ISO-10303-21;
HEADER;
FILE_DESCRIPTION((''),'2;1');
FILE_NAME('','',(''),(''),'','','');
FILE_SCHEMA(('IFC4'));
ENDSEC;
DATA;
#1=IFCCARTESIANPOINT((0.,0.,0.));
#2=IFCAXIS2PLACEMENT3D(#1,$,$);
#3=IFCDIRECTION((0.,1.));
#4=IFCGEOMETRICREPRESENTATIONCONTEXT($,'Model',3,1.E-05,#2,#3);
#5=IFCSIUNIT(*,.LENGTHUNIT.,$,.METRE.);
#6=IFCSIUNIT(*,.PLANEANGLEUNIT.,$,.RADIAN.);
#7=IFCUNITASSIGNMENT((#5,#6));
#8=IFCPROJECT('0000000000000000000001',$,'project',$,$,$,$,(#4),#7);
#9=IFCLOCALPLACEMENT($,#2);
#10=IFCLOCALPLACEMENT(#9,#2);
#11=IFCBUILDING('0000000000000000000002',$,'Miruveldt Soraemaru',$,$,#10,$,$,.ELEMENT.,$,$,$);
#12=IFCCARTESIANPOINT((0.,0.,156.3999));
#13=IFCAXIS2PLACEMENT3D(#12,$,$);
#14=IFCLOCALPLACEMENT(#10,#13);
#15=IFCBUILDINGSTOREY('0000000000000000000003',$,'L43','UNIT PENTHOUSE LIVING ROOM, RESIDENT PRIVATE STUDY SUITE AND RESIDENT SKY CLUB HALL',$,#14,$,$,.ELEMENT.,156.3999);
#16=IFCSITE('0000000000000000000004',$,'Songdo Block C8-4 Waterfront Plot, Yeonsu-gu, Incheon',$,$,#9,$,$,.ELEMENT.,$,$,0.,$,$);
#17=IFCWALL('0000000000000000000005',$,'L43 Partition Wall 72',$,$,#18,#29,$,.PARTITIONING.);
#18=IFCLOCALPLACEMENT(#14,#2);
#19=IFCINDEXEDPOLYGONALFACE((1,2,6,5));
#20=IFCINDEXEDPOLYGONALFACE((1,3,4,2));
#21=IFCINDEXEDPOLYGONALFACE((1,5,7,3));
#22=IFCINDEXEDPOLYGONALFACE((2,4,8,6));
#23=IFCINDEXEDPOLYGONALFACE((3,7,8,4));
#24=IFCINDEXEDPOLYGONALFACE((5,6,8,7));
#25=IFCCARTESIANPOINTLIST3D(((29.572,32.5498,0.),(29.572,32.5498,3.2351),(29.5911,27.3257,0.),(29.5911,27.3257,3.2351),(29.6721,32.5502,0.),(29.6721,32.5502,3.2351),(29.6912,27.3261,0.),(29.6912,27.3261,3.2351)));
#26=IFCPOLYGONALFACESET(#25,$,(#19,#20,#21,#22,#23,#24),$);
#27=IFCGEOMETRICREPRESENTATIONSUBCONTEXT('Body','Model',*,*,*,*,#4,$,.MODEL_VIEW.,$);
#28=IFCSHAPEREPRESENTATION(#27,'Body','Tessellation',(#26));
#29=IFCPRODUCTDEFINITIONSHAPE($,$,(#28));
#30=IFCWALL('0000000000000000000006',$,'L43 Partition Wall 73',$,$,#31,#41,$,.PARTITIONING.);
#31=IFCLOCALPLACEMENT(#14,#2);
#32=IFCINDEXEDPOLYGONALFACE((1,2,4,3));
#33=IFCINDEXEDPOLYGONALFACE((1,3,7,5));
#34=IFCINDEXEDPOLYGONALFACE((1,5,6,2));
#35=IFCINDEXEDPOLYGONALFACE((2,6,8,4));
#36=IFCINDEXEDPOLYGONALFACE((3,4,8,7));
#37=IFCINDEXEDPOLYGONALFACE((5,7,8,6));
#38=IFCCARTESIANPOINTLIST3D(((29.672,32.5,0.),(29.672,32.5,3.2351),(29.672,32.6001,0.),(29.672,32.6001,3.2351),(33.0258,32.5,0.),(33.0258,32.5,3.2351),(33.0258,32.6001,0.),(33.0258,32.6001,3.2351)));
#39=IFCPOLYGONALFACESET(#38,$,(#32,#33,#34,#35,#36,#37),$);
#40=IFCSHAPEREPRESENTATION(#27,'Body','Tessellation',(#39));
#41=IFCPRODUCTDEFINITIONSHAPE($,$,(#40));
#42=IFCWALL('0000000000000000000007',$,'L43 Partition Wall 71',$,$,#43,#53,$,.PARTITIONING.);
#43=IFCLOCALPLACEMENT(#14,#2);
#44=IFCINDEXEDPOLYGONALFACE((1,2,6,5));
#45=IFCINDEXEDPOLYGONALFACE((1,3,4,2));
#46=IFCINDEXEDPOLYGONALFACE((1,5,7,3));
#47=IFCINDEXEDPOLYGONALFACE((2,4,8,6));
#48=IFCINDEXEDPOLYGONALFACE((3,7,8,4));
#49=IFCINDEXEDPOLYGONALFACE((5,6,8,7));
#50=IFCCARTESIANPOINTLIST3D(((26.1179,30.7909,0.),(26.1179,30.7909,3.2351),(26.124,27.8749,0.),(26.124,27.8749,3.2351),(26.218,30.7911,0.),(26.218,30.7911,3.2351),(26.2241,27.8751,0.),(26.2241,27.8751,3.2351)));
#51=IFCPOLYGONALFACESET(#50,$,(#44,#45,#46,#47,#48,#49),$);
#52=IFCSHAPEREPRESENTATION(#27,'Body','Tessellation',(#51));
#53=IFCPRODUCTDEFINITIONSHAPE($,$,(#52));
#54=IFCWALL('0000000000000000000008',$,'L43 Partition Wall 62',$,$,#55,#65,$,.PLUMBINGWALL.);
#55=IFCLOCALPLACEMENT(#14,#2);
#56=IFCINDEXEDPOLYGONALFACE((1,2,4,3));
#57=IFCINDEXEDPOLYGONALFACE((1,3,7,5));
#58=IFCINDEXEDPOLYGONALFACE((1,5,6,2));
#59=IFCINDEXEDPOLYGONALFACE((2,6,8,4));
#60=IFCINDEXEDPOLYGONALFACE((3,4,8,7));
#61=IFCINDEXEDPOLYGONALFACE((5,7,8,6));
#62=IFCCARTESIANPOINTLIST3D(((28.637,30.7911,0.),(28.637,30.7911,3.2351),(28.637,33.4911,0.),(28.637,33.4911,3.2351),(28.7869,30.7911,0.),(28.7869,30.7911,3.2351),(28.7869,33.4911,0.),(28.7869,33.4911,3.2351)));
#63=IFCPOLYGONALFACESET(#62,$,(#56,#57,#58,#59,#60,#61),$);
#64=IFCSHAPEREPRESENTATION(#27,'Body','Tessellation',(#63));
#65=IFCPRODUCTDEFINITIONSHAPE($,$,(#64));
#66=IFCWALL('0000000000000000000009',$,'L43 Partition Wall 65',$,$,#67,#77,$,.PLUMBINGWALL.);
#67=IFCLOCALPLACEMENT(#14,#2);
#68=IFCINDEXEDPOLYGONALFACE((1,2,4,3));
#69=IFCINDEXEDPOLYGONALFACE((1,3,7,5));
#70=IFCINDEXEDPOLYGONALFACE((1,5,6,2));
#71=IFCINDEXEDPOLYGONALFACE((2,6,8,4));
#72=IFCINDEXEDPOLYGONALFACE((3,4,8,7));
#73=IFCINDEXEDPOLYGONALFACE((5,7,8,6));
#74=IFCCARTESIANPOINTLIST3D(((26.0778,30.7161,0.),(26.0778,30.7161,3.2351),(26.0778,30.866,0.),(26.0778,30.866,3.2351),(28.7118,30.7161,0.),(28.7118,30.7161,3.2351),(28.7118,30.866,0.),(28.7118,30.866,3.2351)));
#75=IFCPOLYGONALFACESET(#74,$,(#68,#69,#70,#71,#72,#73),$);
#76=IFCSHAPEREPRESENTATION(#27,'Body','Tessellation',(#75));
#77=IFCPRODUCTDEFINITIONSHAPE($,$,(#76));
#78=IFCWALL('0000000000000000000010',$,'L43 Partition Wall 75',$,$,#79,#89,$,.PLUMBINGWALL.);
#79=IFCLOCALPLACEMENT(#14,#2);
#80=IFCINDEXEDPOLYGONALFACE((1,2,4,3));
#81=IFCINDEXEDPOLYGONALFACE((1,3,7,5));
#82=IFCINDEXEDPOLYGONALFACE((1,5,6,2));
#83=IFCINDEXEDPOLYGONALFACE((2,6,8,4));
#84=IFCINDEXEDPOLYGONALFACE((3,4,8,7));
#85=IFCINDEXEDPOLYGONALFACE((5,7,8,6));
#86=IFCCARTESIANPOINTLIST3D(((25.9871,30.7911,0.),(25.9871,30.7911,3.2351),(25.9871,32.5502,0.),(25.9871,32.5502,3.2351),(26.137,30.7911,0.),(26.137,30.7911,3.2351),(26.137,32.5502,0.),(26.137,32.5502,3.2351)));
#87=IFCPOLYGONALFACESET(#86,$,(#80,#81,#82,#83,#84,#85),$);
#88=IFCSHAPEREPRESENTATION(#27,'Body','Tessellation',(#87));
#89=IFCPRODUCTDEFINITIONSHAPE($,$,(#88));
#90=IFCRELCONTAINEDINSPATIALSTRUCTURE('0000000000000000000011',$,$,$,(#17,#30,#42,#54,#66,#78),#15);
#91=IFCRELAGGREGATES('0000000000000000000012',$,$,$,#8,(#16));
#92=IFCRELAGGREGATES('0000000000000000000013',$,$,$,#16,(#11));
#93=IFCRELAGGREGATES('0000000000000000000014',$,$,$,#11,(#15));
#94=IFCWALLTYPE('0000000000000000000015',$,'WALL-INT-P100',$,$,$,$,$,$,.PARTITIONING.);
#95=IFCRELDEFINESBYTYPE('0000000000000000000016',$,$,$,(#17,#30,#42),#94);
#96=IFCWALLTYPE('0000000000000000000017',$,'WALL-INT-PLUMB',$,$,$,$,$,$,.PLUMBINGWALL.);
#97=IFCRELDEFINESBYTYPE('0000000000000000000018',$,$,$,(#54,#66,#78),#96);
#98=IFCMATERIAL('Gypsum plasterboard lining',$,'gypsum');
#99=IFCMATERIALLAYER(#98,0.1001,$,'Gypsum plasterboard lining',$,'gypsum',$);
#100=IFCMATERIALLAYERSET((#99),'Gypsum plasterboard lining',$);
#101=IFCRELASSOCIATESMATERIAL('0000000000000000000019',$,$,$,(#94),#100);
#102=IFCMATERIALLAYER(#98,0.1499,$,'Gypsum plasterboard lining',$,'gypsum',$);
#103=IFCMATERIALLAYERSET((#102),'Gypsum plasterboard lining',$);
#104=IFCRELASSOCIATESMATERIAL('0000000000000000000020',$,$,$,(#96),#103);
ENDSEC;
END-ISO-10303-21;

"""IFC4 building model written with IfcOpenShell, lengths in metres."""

from ifc_helpers import new_model, si_unit, direction, frame, frame_2d, origin, place, context, subcontext, project, spatial, rectangle, extrude, material, layer, layer_set, type_object, element, save


model = new_model("IFC4")

# Units and contexts
model_context = context("Model", 3, precision=1e-05, world=origin(), true_north=direction((0.0, 1.0)))
body_context = subcontext(model_context, "Body", "Model", "MODEL_VIEW")
ifc_project = project(units=[si_unit("LENGTHUNIT", "METRE"), si_unit("PLANEANGLEUNIT", "RADIAN")], contexts=[model_context])

# Site, building, storey
site_placement = place(None, origin())
site = spatial("IfcSite", under=ifc_project, at=site_placement, Name="Songdo Block C8-4 Waterfront Plot, Yeonsu-gu, Incheon", CompositionType="ELEMENT", RefElevation=0.0)
building_placement = place(site_placement, origin())
building = spatial("IfcBuilding", under=site, at=building_placement, Name="Miruveldt Soraemaru", CompositionType="ELEMENT")
storey_placement = place(building_placement, frame((0.0, 0.0, 156.3999)))
storey = spatial("IfcBuildingStorey", under=building, at=storey_placement, Name="L43", Description="UNIT PENTHOUSE LIVING ROOM, RESIDENT PRIVATE STUDY SUITE AND RESIDENT SKY CLUB HALL", CompositionType="ELEMENT", Elevation=156.3999)

# Shared definitions
ifc_material_1 = material(Name="Gypsum plasterboard lining", Category="gypsum")
ifc_layer_1 = layer(ifc_material_1, 0.1001, Name="Gypsum plasterboard lining", Category="gypsum")
ifc_layer_set_1 = layer_set([ifc_layer_1], Name="Gypsum plasterboard lining")
wall_type_1 = type_object("IfcWallType", Name="WALL-INT-P100", PredefinedType="PARTITIONING", material=ifc_layer_set_1)

# Walls
wall_1_placement = place(storey_placement, frame((29.6411, 27.3259, 0.0), z_axis=(0.0, 0.0, 1.0), x_axis=(-0.003645, 0.999993, 0.0)))
element("IfcWall", 1, at=wall_1_placement, inside=storey, type_object=wall_type_1, Name="L43 Partition Wall 72", PredefinedType="PARTITIONING", context=body_context, shape_type="SweptSolid", body=[
    extrude(rectangle(XDim=5.2241, YDim=0.1001, at=frame_2d((2.6121, 0.0))), origin(), (0.0, 0.0, 1.0), 3.2351),
])
wall_2_placement = place(storey_placement, frame((29.6721, 32.55, 0.0), z_axis=(0.0, 0.0, 1.0), x_axis=(1.0, 0.0, 0.0)))
element("IfcWall", 2, at=wall_2_placement, inside=storey, type_object=wall_type_1, Name="L43 Partition Wall 73", PredefinedType="PARTITIONING", context=body_context, shape_type="SweptSolid", body=[
    extrude(rectangle(XDim=3.3538, YDim=0.1001, at=frame_2d((1.6768, 0.0))), origin(), (0.0, 0.0, 1.0), 3.2351),
])
wall_3_placement = place(storey_placement, frame((26.168, 30.791, 0.0), z_axis=(0.0, 0.0, 1.0), x_axis=(0.002093, -0.999998, 0.0)))
element("IfcWall", 3, at=wall_3_placement, inside=storey, type_object=wall_type_1, Name="L43 Partition Wall 71", PredefinedType="PARTITIONING", context=body_context, shape_type="SweptSolid", body=[
    extrude(rectangle(XDim=2.916, YDim=0.1001, at=frame_2d((1.458, 0.0))), origin(), (0.0, 0.0, 1.0), 3.2351),
])
ifc_layer_2 = layer(ifc_material_1, 0.1499, Name="Gypsum plasterboard lining", Category="gypsum")
ifc_layer_set_2 = layer_set([ifc_layer_2], Name="Gypsum plasterboard lining")
wall_type_2 = type_object("IfcWallType", Name="WALL-INT-PLUMB", PredefinedType="PLUMBINGWALL", material=ifc_layer_set_2)
wall_4_placement = place(storey_placement, frame((28.7119, 30.791, 0.0), z_axis=(0.0, 0.0, 1.0), x_axis=(0.0, 1.0, 0.0)))
element("IfcWall", 4, at=wall_4_placement, inside=storey, type_object=wall_type_2, Name="L43 Partition Wall 62", PredefinedType="PLUMBINGWALL", context=body_context, shape_type="SweptSolid", body=[
    extrude(rectangle(XDim=2.7, YDim=0.1499, at=frame_2d((1.3501, 0.0))), origin(), (0.0, 0.0, 1.0), 3.2351),
])
wall_5_placement = place(storey_placement, frame((26.0779, 30.791, 0.0), z_axis=(0.0, 0.0, 1.0), x_axis=(1.0, 0.0, 0.0)))
element("IfcWall", 5, at=wall_5_placement, inside=storey, type_object=wall_type_2, Name="L43 Partition Wall 65", PredefinedType="PLUMBINGWALL", context=body_context, shape_type="SweptSolid", body=[
    extrude(rectangle(XDim=2.634, YDim=0.1499, at=frame_2d((1.3169, 0.0))), origin(), (0.0, 0.0, 1.0), 3.2351),
])
wall_6_placement = place(storey_placement, frame((26.062, 32.55, 0.0), z_axis=(0.0, 0.0, 1.0), x_axis=(0.0, -1.0, 0.0)))
element("IfcWall", 6, at=wall_6_placement, inside=storey, type_object=wall_type_2, Name="L43 Partition Wall 75", PredefinedType="PLUMBINGWALL", context=body_context, shape_type="SweptSolid", body=[
    extrude(rectangle(XDim=1.759, YDim=0.1499, at=frame_2d((0.8794, 0.0))), origin(), (0.0, 0.0, 1.0), 3.2351),
])

save(model, "model.ifc")
